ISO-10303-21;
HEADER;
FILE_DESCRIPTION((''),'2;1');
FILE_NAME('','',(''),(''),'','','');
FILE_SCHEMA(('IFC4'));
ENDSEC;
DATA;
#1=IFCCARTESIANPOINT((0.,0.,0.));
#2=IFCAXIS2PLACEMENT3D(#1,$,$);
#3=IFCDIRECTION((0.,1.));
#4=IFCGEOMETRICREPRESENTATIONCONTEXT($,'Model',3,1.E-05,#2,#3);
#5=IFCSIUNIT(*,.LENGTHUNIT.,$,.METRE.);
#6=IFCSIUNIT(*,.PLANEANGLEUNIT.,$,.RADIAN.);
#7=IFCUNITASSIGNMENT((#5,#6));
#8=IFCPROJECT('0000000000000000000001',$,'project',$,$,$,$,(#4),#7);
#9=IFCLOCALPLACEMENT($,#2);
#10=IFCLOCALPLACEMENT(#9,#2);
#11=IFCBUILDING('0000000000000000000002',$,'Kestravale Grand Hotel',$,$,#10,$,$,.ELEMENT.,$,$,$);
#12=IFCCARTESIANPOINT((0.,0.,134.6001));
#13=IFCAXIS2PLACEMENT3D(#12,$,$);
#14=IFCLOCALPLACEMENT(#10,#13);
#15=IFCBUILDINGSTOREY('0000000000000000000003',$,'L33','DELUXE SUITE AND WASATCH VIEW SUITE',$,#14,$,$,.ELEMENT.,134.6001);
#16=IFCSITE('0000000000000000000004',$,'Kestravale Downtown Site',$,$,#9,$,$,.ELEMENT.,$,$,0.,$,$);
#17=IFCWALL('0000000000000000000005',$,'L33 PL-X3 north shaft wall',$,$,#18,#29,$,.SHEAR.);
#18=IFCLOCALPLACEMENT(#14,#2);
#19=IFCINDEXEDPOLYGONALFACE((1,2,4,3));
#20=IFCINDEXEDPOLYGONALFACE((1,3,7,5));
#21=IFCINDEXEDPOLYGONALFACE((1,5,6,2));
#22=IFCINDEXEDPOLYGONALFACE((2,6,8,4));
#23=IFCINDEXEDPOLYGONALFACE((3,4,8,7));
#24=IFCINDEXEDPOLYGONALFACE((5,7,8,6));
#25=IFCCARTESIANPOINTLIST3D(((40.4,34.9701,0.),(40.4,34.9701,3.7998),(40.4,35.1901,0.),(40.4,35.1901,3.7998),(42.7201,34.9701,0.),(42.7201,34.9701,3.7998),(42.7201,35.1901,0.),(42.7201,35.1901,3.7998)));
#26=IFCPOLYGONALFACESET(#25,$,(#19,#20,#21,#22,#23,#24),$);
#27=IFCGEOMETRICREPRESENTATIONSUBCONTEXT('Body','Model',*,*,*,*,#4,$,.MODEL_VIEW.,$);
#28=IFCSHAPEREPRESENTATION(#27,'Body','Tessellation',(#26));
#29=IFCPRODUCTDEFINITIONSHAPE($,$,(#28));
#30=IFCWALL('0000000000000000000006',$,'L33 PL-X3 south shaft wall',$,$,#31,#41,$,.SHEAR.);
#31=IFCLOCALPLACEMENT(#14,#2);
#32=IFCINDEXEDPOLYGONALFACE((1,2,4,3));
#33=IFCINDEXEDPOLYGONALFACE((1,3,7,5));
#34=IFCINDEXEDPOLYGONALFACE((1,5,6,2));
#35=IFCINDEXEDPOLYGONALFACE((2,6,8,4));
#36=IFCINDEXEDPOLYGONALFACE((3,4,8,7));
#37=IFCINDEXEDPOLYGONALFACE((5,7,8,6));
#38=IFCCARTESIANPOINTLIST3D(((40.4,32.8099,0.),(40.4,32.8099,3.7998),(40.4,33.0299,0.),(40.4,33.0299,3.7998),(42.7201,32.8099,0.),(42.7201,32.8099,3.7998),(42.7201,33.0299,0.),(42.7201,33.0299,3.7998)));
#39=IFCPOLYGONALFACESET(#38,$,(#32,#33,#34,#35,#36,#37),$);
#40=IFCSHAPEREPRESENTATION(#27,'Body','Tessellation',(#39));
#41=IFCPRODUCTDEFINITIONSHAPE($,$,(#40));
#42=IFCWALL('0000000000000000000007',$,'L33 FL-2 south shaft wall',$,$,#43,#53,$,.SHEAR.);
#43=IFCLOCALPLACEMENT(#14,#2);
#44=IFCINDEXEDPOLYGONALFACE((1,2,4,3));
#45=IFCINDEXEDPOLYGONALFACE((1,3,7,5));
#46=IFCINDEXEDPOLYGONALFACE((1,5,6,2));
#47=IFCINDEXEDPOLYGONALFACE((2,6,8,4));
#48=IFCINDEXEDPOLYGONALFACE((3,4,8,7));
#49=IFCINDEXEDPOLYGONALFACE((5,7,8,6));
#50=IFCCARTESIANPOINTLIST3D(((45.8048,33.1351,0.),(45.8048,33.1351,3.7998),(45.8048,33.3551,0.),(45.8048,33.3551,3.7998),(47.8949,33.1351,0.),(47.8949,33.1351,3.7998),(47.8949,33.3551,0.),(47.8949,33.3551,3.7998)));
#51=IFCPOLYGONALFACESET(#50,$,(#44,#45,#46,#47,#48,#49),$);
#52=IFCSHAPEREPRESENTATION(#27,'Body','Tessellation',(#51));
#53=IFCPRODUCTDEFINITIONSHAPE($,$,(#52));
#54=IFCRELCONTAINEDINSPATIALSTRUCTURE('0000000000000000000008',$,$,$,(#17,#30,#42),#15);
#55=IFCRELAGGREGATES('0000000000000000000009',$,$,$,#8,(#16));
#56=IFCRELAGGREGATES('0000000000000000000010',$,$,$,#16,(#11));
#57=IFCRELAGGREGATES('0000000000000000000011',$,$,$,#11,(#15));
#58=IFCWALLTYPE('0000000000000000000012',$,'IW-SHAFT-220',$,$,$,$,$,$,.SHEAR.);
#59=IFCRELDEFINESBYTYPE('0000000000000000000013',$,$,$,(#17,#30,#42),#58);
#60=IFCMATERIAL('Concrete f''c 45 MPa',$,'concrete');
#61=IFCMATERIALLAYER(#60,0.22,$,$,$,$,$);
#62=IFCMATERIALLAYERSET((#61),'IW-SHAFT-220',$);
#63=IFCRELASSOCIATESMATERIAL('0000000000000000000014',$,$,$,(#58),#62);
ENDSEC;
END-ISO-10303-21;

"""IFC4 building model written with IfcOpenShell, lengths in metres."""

from ifc_helpers import new_model, si_unit, direction, frame, frame_2d, origin, place, context, subcontext, project, spatial, rectangle, extrude, material, layer, layer_set, type_object, element, save


model = new_model("IFC4")

# Units and contexts
model_context = context("Model", 3, precision=1e-05, world=origin(), true_north=direction((0.0, 1.0)))
body_context = subcontext(model_context, "Body", "Model", "MODEL_VIEW")
ifc_project = project(units=[si_unit("LENGTHUNIT", "METRE"), si_unit("PLANEANGLEUNIT", "RADIAN")], contexts=[model_context])

# Site, building, storey
site_placement = place(None, origin())
site = spatial("IfcSite", under=ifc_project, at=site_placement, Name="Kestravale Downtown Site", CompositionType="ELEMENT", RefElevation=0.0)
building_placement = place(site_placement, origin())
building = spatial("IfcBuilding", under=site, at=building_placement, Name="Kestravale Grand Hotel", CompositionType="ELEMENT")
storey_placement = place(building_placement, frame((0.0, 0.0, 134.6001)))
storey = spatial("IfcBuildingStorey", under=building, at=storey_placement, Name="L33", Description="DELUXE SUITE AND WASATCH VIEW SUITE", CompositionType="ELEMENT", Elevation=134.6001)

# Walls
ifc_material_1 = material(Name="Concrete f'c 45 MPa", Category="concrete")
ifc_layer_1 = layer(ifc_material_1, 0.22)
ifc_layer_set_1 = layer_set([ifc_layer_1], Name="IW-SHAFT-220")
wall_type_1 = type_object("IfcWallType", Name="IW-SHAFT-220", PredefinedType="SHEAR", material=ifc_layer_set_1)
for number, where, z_axis, x_axis, name in (
    (1, (40.3999, 35.0801, 0.0), (0.0, 0.0, 1.0), (1.0, 0.0, 0.0), "L33 PL-X3 north shaft wall"),
    (2, (40.3999, 32.9199, 0.0), (0.0, 0.0, 1.0), (1.0, 0.0, 0.0), "L33 PL-X3 south shaft wall"),
):
    element("IfcWall", number, at=place(storey_placement, frame(where, z_axis=z_axis, x_axis=x_axis)), inside=storey, type_object=wall_type_1, Name=name, PredefinedType="SHEAR", context=body_context, shape_type="SweptSolid", body=[
        extrude(rectangle(XDim=2.3201, YDim=0.22, at=frame_2d((1.1602, 0.0))), origin(), (0.0, 0.0, 1.0), 3.7998),
    ])

# Wall
wall_1_placement = place(storey_placement, frame((45.8049, 33.2451, 0.0), z_axis=(0.0, 0.0, 1.0), x_axis=(1.0, 0.0, 0.0)))
element("IfcWall", 3, at=wall_1_placement, inside=storey, type_object=wall_type_1, Name="L33 FL-2 south shaft wall", PredefinedType="SHEAR", context=body_context, shape_type="SweptSolid", body=[
    extrude(rectangle(XDim=2.0901, YDim=0.22, at=frame_2d((1.0449, 0.0))), origin(), (0.0, 0.0, 1.0), 3.7998),
])

save(model, "model.ifc")
